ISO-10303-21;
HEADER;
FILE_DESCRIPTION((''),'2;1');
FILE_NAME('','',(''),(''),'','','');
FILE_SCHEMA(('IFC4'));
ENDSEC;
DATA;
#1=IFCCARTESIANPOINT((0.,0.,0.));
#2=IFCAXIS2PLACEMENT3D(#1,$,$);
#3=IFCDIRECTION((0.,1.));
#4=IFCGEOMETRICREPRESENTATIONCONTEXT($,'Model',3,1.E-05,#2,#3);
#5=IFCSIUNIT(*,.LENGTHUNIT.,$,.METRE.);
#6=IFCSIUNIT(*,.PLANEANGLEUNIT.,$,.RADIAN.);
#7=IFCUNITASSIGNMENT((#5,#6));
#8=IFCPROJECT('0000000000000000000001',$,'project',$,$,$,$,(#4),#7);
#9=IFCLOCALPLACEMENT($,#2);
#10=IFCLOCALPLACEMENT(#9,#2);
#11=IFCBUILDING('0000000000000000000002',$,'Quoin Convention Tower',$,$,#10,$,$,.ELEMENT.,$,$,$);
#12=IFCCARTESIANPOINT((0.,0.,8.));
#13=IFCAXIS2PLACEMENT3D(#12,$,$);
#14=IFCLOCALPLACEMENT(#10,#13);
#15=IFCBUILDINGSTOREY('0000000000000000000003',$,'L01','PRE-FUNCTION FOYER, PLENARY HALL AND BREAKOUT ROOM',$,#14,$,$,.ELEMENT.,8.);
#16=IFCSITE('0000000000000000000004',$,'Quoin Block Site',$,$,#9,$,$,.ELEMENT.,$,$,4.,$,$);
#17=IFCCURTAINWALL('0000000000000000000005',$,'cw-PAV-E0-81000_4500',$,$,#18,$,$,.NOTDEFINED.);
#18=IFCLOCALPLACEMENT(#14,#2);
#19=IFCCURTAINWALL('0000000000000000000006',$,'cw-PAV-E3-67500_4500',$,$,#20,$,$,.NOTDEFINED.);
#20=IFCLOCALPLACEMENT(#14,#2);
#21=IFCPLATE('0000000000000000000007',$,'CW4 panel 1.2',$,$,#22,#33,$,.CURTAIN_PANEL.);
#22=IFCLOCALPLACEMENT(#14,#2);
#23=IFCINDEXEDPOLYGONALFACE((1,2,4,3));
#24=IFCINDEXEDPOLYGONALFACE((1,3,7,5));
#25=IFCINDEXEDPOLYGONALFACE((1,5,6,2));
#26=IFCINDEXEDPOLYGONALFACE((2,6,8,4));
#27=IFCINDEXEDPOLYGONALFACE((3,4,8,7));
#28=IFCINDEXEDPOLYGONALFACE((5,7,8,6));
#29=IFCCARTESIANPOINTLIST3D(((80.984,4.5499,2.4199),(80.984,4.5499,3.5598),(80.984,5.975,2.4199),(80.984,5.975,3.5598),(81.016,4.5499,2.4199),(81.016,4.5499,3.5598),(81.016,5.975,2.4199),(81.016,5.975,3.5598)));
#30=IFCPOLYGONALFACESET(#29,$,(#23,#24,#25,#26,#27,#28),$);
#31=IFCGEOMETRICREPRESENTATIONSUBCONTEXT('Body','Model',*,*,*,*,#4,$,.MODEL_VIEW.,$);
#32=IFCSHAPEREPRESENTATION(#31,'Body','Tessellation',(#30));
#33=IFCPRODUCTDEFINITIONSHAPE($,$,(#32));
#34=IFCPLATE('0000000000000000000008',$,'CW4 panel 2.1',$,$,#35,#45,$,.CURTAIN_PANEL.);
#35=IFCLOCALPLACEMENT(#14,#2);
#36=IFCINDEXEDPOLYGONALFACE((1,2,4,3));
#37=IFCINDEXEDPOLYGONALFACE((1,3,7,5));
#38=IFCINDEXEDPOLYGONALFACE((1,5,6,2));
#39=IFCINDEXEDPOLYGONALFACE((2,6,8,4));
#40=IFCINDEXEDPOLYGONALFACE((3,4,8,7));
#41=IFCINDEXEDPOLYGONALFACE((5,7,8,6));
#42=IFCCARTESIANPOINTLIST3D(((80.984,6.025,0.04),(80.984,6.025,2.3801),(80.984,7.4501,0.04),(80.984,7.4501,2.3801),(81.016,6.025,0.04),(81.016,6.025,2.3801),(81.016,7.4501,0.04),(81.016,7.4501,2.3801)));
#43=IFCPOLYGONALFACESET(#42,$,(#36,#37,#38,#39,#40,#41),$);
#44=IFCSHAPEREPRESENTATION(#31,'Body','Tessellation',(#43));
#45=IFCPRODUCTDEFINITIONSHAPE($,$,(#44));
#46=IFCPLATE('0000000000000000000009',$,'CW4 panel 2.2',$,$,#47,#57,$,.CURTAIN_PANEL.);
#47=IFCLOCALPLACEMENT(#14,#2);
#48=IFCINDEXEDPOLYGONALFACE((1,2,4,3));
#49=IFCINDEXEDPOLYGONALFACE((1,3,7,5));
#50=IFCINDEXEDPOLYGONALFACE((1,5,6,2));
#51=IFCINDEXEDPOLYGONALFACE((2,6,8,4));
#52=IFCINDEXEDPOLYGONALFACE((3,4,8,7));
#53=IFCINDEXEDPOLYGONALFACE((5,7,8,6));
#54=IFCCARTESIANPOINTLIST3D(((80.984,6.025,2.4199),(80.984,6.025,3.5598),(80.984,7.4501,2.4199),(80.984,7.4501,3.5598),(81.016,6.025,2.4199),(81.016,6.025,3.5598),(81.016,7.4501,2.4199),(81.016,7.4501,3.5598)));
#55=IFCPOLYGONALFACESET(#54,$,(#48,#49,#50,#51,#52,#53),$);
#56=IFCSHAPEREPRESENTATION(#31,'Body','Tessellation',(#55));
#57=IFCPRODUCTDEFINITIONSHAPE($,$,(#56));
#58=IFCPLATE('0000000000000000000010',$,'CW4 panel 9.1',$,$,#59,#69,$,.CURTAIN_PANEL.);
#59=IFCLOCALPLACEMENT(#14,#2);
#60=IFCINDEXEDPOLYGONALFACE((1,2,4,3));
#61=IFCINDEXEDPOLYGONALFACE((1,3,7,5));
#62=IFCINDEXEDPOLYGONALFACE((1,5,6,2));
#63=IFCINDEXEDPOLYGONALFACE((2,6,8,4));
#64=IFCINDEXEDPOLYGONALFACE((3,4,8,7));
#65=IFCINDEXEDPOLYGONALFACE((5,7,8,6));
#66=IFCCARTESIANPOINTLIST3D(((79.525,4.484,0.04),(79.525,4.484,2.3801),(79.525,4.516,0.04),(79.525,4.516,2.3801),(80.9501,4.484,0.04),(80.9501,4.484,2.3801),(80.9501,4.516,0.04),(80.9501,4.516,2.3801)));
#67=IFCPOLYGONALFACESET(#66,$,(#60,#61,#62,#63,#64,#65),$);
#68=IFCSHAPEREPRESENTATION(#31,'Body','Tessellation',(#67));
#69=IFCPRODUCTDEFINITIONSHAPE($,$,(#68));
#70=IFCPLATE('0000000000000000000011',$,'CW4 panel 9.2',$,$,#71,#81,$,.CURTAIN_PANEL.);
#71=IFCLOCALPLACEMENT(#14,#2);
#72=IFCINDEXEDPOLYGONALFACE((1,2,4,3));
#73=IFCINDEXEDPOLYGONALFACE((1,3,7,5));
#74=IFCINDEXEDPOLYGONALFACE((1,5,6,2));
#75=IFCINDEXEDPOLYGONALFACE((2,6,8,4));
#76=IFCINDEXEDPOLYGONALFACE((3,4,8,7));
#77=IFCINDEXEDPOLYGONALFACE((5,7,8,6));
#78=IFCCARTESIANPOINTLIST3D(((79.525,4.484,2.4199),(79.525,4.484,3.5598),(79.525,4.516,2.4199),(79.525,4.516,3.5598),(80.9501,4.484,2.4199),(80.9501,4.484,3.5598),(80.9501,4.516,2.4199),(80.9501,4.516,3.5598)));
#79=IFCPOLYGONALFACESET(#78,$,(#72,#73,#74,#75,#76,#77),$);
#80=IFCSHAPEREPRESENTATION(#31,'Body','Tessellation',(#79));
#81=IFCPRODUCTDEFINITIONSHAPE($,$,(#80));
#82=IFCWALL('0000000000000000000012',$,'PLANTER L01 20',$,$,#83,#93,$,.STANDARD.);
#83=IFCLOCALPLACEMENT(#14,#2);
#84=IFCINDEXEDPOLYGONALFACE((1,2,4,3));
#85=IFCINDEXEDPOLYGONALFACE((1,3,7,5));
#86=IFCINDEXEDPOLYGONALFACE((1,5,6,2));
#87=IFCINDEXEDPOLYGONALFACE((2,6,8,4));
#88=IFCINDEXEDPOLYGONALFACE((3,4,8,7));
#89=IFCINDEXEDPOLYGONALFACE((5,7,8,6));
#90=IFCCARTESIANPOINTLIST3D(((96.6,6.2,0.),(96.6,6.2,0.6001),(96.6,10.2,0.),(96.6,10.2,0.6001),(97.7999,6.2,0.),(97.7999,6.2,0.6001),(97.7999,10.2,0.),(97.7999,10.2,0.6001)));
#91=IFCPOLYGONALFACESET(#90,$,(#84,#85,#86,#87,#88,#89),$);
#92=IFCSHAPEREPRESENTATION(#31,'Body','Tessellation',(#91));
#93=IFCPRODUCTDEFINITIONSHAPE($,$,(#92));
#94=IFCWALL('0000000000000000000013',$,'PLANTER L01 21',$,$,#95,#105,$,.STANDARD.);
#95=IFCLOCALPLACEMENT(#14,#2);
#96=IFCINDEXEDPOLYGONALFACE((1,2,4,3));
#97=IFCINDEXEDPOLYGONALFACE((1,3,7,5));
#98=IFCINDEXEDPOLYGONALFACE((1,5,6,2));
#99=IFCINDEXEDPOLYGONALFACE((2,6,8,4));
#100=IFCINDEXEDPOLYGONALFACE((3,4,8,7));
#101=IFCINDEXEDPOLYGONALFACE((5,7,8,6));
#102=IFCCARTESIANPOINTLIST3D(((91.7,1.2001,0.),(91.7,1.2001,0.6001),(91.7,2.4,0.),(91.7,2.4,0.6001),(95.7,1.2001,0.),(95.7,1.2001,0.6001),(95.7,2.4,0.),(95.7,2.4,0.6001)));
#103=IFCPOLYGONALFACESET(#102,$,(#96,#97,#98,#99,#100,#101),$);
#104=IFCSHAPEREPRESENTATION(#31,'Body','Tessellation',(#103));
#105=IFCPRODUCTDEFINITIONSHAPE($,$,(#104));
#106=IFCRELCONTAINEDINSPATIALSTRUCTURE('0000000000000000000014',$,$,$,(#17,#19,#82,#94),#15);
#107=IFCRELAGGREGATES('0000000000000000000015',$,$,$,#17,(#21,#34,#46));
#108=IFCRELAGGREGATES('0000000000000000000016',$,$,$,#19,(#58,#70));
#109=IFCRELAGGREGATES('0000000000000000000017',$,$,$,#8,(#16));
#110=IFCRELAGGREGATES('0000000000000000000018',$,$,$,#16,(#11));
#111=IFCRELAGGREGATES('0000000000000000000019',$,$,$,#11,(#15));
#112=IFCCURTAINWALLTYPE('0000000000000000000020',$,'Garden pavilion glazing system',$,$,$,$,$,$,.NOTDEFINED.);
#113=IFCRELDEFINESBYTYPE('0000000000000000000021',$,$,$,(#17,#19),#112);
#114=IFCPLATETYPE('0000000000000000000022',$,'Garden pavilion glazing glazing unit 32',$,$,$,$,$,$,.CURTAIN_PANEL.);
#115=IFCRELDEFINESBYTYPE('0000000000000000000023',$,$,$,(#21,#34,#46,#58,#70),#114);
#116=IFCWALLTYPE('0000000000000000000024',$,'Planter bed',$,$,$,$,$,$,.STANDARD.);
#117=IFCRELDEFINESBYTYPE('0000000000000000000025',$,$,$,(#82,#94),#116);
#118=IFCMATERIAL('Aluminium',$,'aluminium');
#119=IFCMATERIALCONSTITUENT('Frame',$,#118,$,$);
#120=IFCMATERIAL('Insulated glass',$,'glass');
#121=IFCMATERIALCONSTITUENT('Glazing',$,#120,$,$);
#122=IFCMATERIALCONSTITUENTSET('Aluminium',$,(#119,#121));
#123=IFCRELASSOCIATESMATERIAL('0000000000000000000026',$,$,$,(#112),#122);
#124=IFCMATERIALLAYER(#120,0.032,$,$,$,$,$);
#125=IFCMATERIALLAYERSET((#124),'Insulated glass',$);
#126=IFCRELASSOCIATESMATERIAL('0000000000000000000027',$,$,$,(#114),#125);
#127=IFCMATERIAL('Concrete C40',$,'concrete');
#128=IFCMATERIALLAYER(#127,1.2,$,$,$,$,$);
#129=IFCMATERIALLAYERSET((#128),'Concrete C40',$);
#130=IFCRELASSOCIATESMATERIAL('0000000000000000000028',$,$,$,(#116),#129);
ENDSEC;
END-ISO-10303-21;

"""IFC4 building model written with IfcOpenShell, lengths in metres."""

from ifc_helpers import new_model, si_unit, direction, frame, frame_2d, origin, origin_2d, place, context, subcontext, project, spatial, rectangle, extrude, material, layer, layer_set, constituent, constituent_set, type_object, element, aggregate, save


model = new_model("IFC4")

# Units and contexts
model_context = context("Model", 3, precision=1e-05, world=origin(), true_north=direction((0.0, 1.0)))
body_context = subcontext(model_context, "Body", "Model", "MODEL_VIEW")
ifc_project = project(units=[si_unit("LENGTHUNIT", "METRE"), si_unit("PLANEANGLEUNIT", "RADIAN")], contexts=[model_context])

# Site, building, storey
site_placement = place(None, origin())
site = spatial("IfcSite", under=ifc_project, at=site_placement, Name="Quoin Block Site", CompositionType="ELEMENT", RefElevation=4.0)
building_placement = place(site_placement, origin())
building = spatial("IfcBuilding", under=site, at=building_placement, Name="Quoin Convention Tower", CompositionType="ELEMENT")
storey_placement = place(building_placement, frame((0.0, 0.0, 8.0)))
storey = spatial("IfcBuildingStorey", under=building, at=storey_placement, Name="L01", Description="PRE-FUNCTION FOYER, PLENARY HALL AND BREAKOUT ROOM", CompositionType="ELEMENT", Elevation=8.0)

# Curtain wall
ifc_material_1 = material(Name="Aluminium", Category="aluminium")
ifc_constituent_1 = constituent(ifc_material_1, Name="Frame")
ifc_material_2 = material(Name="Insulated glass", Category="glass")
ifc_constituent_2 = constituent(ifc_material_2, Name="Glazing")
ifc_constituent_set_1 = constituent_set(constituents=[ifc_constituent_1, ifc_constituent_2], Name="Aluminium")
curtain_wall_type = type_object("IfcCurtainWallType", Name="Garden pavilion glazing system", PredefinedType="NOTDEFINED", material=ifc_constituent_set_1)
curtain_wall_1_placement = place(storey_placement, origin())
curtain_wall_1 = element("IfcCurtainWall", 1, at=curtain_wall_1_placement, inside=storey, type_object=curtain_wall_type, Name="cw-PAV-E0-81000_4500", PredefinedType="NOTDEFINED")

# Curtain wall
curtain_wall_2_placement = place(storey_placement, origin())
curtain_wall_2 = element("IfcCurtainWall", 2, at=curtain_wall_2_placement, inside=storey, type_object=curtain_wall_type, Name="cw-PAV-E3-67500_4500", PredefinedType="NOTDEFINED")

# Plates
ifc_layer_1 = layer(ifc_material_2, 0.032)
ifc_layer_set_1 = layer_set([ifc_layer_1], Name="Insulated glass")
plate_type = type_object("IfcPlateType", Name="Garden pavilion glazing glazing unit 32", PredefinedType="CURTAIN_PANEL", material=ifc_layer_set_1)
plate_1_placement = place(storey_placement, frame((81.0, 5.2625, 2.4199), z_axis=(0.0, 0.0, 1.0), x_axis=(0.0, 1.0, 0.0)))
plate_1 = element("IfcPlate", 3, at=plate_1_placement, type_object=plate_type, Name="CW4 panel 1.2", PredefinedType="CURTAIN_PANEL", context=body_context, shape_type="SweptSolid", body=[
    extrude(rectangle(XDim=1.425, YDim=0.032, at=origin_2d()), origin(), (0.0, 0.0, 1.0), 1.1399),
])
plate_2_placement = place(storey_placement, frame((81.0, 6.7375, 0.04), z_axis=(0.0, 0.0, 1.0), x_axis=(0.0, 1.0, 0.0)))
plate_2 = element("IfcPlate", 4, at=plate_2_placement, type_object=plate_type, Name="CW4 panel 2.1", PredefinedType="CURTAIN_PANEL", context=body_context, shape_type="SweptSolid", body=[
    extrude(rectangle(XDim=1.425, YDim=0.032, at=origin_2d()), origin(), (0.0, 0.0, 1.0), 2.3401),
])
plate_3_placement = place(storey_placement, frame((81.0, 6.7375, 2.4199), z_axis=(0.0, 0.0, 1.0), x_axis=(0.0, 1.0, 0.0)))
plate_3 = element("IfcPlate", 5, at=plate_3_placement, type_object=plate_type, Name="CW4 panel 2.2", PredefinedType="CURTAIN_PANEL", context=body_context, shape_type="SweptSolid", body=[
    extrude(rectangle(XDim=1.425, YDim=0.032, at=origin_2d()), origin(), (0.0, 0.0, 1.0), 1.1399),
])
aggregate(curtain_wall_1, [plate_1, plate_2, plate_3])
plate_4_placement = place(storey_placement, frame((80.2375, 4.5, 0.04), z_axis=(0.0, 0.0, 1.0), x_axis=(1.0, 0.0, 0.0)))
plate_4 = element("IfcPlate", 6, at=plate_4_placement, type_object=plate_type, Name="CW4 panel 9.1", PredefinedType="CURTAIN_PANEL", context=body_context, shape_type="SweptSolid", body=[
    extrude(rectangle(XDim=1.425, YDim=0.032, at=origin_2d()), origin(), (0.0, 0.0, 1.0), 2.3401),
])
plate_5_placement = place(storey_placement, frame((80.2375, 4.5, 2.4199), z_axis=(0.0, 0.0, 1.0), x_axis=(1.0, 0.0, 0.0)))
plate_5 = element("IfcPlate", 7, at=plate_5_placement, type_object=plate_type, Name="CW4 panel 9.2", PredefinedType="CURTAIN_PANEL", context=body_context, shape_type="SweptSolid", body=[
    extrude(rectangle(XDim=1.425, YDim=0.032, at=origin_2d()), origin(), (0.0, 0.0, 1.0), 1.1399),
])
aggregate(curtain_wall_2, [plate_4, plate_5])

# Walls
ifc_material_3 = material(Name="Concrete C40", Category="concrete")
ifc_layer_2 = layer(ifc_material_3, 1.2)
ifc_layer_set_2 = layer_set([ifc_layer_2], Name="Concrete C40")
wall_type_1 = type_object("IfcWallType", Name="Planter bed", PredefinedType="STANDARD", material=ifc_layer_set_2)
for number, where, z_axis, x_axis, name in (
    (8, (97.2, 10.2, 0.0), (0.0, 0.0, 1.0), (0.0, -1.0, 0.0), "PLANTER L01 20"),
    (9, (95.7, 1.8, 0.0), (0.0, 0.0, 1.0), (-1.0, 0.0, 0.0), "PLANTER L01 21"),
):
    element("IfcWall", number, at=place(storey_placement, frame(where, z_axis=z_axis, x_axis=x_axis)), inside=storey, type_object=wall_type_1, Name=name, PredefinedType="STANDARD", context=body_context, shape_type="SweptSolid", body=[
        extrude(rectangle(XDim=4.0, YDim=1.2, at=frame_2d((2.0, 0.0))), origin(), (0.0, 0.0, 1.0), 0.6001),
    ])

save(model, "model.ifc")
